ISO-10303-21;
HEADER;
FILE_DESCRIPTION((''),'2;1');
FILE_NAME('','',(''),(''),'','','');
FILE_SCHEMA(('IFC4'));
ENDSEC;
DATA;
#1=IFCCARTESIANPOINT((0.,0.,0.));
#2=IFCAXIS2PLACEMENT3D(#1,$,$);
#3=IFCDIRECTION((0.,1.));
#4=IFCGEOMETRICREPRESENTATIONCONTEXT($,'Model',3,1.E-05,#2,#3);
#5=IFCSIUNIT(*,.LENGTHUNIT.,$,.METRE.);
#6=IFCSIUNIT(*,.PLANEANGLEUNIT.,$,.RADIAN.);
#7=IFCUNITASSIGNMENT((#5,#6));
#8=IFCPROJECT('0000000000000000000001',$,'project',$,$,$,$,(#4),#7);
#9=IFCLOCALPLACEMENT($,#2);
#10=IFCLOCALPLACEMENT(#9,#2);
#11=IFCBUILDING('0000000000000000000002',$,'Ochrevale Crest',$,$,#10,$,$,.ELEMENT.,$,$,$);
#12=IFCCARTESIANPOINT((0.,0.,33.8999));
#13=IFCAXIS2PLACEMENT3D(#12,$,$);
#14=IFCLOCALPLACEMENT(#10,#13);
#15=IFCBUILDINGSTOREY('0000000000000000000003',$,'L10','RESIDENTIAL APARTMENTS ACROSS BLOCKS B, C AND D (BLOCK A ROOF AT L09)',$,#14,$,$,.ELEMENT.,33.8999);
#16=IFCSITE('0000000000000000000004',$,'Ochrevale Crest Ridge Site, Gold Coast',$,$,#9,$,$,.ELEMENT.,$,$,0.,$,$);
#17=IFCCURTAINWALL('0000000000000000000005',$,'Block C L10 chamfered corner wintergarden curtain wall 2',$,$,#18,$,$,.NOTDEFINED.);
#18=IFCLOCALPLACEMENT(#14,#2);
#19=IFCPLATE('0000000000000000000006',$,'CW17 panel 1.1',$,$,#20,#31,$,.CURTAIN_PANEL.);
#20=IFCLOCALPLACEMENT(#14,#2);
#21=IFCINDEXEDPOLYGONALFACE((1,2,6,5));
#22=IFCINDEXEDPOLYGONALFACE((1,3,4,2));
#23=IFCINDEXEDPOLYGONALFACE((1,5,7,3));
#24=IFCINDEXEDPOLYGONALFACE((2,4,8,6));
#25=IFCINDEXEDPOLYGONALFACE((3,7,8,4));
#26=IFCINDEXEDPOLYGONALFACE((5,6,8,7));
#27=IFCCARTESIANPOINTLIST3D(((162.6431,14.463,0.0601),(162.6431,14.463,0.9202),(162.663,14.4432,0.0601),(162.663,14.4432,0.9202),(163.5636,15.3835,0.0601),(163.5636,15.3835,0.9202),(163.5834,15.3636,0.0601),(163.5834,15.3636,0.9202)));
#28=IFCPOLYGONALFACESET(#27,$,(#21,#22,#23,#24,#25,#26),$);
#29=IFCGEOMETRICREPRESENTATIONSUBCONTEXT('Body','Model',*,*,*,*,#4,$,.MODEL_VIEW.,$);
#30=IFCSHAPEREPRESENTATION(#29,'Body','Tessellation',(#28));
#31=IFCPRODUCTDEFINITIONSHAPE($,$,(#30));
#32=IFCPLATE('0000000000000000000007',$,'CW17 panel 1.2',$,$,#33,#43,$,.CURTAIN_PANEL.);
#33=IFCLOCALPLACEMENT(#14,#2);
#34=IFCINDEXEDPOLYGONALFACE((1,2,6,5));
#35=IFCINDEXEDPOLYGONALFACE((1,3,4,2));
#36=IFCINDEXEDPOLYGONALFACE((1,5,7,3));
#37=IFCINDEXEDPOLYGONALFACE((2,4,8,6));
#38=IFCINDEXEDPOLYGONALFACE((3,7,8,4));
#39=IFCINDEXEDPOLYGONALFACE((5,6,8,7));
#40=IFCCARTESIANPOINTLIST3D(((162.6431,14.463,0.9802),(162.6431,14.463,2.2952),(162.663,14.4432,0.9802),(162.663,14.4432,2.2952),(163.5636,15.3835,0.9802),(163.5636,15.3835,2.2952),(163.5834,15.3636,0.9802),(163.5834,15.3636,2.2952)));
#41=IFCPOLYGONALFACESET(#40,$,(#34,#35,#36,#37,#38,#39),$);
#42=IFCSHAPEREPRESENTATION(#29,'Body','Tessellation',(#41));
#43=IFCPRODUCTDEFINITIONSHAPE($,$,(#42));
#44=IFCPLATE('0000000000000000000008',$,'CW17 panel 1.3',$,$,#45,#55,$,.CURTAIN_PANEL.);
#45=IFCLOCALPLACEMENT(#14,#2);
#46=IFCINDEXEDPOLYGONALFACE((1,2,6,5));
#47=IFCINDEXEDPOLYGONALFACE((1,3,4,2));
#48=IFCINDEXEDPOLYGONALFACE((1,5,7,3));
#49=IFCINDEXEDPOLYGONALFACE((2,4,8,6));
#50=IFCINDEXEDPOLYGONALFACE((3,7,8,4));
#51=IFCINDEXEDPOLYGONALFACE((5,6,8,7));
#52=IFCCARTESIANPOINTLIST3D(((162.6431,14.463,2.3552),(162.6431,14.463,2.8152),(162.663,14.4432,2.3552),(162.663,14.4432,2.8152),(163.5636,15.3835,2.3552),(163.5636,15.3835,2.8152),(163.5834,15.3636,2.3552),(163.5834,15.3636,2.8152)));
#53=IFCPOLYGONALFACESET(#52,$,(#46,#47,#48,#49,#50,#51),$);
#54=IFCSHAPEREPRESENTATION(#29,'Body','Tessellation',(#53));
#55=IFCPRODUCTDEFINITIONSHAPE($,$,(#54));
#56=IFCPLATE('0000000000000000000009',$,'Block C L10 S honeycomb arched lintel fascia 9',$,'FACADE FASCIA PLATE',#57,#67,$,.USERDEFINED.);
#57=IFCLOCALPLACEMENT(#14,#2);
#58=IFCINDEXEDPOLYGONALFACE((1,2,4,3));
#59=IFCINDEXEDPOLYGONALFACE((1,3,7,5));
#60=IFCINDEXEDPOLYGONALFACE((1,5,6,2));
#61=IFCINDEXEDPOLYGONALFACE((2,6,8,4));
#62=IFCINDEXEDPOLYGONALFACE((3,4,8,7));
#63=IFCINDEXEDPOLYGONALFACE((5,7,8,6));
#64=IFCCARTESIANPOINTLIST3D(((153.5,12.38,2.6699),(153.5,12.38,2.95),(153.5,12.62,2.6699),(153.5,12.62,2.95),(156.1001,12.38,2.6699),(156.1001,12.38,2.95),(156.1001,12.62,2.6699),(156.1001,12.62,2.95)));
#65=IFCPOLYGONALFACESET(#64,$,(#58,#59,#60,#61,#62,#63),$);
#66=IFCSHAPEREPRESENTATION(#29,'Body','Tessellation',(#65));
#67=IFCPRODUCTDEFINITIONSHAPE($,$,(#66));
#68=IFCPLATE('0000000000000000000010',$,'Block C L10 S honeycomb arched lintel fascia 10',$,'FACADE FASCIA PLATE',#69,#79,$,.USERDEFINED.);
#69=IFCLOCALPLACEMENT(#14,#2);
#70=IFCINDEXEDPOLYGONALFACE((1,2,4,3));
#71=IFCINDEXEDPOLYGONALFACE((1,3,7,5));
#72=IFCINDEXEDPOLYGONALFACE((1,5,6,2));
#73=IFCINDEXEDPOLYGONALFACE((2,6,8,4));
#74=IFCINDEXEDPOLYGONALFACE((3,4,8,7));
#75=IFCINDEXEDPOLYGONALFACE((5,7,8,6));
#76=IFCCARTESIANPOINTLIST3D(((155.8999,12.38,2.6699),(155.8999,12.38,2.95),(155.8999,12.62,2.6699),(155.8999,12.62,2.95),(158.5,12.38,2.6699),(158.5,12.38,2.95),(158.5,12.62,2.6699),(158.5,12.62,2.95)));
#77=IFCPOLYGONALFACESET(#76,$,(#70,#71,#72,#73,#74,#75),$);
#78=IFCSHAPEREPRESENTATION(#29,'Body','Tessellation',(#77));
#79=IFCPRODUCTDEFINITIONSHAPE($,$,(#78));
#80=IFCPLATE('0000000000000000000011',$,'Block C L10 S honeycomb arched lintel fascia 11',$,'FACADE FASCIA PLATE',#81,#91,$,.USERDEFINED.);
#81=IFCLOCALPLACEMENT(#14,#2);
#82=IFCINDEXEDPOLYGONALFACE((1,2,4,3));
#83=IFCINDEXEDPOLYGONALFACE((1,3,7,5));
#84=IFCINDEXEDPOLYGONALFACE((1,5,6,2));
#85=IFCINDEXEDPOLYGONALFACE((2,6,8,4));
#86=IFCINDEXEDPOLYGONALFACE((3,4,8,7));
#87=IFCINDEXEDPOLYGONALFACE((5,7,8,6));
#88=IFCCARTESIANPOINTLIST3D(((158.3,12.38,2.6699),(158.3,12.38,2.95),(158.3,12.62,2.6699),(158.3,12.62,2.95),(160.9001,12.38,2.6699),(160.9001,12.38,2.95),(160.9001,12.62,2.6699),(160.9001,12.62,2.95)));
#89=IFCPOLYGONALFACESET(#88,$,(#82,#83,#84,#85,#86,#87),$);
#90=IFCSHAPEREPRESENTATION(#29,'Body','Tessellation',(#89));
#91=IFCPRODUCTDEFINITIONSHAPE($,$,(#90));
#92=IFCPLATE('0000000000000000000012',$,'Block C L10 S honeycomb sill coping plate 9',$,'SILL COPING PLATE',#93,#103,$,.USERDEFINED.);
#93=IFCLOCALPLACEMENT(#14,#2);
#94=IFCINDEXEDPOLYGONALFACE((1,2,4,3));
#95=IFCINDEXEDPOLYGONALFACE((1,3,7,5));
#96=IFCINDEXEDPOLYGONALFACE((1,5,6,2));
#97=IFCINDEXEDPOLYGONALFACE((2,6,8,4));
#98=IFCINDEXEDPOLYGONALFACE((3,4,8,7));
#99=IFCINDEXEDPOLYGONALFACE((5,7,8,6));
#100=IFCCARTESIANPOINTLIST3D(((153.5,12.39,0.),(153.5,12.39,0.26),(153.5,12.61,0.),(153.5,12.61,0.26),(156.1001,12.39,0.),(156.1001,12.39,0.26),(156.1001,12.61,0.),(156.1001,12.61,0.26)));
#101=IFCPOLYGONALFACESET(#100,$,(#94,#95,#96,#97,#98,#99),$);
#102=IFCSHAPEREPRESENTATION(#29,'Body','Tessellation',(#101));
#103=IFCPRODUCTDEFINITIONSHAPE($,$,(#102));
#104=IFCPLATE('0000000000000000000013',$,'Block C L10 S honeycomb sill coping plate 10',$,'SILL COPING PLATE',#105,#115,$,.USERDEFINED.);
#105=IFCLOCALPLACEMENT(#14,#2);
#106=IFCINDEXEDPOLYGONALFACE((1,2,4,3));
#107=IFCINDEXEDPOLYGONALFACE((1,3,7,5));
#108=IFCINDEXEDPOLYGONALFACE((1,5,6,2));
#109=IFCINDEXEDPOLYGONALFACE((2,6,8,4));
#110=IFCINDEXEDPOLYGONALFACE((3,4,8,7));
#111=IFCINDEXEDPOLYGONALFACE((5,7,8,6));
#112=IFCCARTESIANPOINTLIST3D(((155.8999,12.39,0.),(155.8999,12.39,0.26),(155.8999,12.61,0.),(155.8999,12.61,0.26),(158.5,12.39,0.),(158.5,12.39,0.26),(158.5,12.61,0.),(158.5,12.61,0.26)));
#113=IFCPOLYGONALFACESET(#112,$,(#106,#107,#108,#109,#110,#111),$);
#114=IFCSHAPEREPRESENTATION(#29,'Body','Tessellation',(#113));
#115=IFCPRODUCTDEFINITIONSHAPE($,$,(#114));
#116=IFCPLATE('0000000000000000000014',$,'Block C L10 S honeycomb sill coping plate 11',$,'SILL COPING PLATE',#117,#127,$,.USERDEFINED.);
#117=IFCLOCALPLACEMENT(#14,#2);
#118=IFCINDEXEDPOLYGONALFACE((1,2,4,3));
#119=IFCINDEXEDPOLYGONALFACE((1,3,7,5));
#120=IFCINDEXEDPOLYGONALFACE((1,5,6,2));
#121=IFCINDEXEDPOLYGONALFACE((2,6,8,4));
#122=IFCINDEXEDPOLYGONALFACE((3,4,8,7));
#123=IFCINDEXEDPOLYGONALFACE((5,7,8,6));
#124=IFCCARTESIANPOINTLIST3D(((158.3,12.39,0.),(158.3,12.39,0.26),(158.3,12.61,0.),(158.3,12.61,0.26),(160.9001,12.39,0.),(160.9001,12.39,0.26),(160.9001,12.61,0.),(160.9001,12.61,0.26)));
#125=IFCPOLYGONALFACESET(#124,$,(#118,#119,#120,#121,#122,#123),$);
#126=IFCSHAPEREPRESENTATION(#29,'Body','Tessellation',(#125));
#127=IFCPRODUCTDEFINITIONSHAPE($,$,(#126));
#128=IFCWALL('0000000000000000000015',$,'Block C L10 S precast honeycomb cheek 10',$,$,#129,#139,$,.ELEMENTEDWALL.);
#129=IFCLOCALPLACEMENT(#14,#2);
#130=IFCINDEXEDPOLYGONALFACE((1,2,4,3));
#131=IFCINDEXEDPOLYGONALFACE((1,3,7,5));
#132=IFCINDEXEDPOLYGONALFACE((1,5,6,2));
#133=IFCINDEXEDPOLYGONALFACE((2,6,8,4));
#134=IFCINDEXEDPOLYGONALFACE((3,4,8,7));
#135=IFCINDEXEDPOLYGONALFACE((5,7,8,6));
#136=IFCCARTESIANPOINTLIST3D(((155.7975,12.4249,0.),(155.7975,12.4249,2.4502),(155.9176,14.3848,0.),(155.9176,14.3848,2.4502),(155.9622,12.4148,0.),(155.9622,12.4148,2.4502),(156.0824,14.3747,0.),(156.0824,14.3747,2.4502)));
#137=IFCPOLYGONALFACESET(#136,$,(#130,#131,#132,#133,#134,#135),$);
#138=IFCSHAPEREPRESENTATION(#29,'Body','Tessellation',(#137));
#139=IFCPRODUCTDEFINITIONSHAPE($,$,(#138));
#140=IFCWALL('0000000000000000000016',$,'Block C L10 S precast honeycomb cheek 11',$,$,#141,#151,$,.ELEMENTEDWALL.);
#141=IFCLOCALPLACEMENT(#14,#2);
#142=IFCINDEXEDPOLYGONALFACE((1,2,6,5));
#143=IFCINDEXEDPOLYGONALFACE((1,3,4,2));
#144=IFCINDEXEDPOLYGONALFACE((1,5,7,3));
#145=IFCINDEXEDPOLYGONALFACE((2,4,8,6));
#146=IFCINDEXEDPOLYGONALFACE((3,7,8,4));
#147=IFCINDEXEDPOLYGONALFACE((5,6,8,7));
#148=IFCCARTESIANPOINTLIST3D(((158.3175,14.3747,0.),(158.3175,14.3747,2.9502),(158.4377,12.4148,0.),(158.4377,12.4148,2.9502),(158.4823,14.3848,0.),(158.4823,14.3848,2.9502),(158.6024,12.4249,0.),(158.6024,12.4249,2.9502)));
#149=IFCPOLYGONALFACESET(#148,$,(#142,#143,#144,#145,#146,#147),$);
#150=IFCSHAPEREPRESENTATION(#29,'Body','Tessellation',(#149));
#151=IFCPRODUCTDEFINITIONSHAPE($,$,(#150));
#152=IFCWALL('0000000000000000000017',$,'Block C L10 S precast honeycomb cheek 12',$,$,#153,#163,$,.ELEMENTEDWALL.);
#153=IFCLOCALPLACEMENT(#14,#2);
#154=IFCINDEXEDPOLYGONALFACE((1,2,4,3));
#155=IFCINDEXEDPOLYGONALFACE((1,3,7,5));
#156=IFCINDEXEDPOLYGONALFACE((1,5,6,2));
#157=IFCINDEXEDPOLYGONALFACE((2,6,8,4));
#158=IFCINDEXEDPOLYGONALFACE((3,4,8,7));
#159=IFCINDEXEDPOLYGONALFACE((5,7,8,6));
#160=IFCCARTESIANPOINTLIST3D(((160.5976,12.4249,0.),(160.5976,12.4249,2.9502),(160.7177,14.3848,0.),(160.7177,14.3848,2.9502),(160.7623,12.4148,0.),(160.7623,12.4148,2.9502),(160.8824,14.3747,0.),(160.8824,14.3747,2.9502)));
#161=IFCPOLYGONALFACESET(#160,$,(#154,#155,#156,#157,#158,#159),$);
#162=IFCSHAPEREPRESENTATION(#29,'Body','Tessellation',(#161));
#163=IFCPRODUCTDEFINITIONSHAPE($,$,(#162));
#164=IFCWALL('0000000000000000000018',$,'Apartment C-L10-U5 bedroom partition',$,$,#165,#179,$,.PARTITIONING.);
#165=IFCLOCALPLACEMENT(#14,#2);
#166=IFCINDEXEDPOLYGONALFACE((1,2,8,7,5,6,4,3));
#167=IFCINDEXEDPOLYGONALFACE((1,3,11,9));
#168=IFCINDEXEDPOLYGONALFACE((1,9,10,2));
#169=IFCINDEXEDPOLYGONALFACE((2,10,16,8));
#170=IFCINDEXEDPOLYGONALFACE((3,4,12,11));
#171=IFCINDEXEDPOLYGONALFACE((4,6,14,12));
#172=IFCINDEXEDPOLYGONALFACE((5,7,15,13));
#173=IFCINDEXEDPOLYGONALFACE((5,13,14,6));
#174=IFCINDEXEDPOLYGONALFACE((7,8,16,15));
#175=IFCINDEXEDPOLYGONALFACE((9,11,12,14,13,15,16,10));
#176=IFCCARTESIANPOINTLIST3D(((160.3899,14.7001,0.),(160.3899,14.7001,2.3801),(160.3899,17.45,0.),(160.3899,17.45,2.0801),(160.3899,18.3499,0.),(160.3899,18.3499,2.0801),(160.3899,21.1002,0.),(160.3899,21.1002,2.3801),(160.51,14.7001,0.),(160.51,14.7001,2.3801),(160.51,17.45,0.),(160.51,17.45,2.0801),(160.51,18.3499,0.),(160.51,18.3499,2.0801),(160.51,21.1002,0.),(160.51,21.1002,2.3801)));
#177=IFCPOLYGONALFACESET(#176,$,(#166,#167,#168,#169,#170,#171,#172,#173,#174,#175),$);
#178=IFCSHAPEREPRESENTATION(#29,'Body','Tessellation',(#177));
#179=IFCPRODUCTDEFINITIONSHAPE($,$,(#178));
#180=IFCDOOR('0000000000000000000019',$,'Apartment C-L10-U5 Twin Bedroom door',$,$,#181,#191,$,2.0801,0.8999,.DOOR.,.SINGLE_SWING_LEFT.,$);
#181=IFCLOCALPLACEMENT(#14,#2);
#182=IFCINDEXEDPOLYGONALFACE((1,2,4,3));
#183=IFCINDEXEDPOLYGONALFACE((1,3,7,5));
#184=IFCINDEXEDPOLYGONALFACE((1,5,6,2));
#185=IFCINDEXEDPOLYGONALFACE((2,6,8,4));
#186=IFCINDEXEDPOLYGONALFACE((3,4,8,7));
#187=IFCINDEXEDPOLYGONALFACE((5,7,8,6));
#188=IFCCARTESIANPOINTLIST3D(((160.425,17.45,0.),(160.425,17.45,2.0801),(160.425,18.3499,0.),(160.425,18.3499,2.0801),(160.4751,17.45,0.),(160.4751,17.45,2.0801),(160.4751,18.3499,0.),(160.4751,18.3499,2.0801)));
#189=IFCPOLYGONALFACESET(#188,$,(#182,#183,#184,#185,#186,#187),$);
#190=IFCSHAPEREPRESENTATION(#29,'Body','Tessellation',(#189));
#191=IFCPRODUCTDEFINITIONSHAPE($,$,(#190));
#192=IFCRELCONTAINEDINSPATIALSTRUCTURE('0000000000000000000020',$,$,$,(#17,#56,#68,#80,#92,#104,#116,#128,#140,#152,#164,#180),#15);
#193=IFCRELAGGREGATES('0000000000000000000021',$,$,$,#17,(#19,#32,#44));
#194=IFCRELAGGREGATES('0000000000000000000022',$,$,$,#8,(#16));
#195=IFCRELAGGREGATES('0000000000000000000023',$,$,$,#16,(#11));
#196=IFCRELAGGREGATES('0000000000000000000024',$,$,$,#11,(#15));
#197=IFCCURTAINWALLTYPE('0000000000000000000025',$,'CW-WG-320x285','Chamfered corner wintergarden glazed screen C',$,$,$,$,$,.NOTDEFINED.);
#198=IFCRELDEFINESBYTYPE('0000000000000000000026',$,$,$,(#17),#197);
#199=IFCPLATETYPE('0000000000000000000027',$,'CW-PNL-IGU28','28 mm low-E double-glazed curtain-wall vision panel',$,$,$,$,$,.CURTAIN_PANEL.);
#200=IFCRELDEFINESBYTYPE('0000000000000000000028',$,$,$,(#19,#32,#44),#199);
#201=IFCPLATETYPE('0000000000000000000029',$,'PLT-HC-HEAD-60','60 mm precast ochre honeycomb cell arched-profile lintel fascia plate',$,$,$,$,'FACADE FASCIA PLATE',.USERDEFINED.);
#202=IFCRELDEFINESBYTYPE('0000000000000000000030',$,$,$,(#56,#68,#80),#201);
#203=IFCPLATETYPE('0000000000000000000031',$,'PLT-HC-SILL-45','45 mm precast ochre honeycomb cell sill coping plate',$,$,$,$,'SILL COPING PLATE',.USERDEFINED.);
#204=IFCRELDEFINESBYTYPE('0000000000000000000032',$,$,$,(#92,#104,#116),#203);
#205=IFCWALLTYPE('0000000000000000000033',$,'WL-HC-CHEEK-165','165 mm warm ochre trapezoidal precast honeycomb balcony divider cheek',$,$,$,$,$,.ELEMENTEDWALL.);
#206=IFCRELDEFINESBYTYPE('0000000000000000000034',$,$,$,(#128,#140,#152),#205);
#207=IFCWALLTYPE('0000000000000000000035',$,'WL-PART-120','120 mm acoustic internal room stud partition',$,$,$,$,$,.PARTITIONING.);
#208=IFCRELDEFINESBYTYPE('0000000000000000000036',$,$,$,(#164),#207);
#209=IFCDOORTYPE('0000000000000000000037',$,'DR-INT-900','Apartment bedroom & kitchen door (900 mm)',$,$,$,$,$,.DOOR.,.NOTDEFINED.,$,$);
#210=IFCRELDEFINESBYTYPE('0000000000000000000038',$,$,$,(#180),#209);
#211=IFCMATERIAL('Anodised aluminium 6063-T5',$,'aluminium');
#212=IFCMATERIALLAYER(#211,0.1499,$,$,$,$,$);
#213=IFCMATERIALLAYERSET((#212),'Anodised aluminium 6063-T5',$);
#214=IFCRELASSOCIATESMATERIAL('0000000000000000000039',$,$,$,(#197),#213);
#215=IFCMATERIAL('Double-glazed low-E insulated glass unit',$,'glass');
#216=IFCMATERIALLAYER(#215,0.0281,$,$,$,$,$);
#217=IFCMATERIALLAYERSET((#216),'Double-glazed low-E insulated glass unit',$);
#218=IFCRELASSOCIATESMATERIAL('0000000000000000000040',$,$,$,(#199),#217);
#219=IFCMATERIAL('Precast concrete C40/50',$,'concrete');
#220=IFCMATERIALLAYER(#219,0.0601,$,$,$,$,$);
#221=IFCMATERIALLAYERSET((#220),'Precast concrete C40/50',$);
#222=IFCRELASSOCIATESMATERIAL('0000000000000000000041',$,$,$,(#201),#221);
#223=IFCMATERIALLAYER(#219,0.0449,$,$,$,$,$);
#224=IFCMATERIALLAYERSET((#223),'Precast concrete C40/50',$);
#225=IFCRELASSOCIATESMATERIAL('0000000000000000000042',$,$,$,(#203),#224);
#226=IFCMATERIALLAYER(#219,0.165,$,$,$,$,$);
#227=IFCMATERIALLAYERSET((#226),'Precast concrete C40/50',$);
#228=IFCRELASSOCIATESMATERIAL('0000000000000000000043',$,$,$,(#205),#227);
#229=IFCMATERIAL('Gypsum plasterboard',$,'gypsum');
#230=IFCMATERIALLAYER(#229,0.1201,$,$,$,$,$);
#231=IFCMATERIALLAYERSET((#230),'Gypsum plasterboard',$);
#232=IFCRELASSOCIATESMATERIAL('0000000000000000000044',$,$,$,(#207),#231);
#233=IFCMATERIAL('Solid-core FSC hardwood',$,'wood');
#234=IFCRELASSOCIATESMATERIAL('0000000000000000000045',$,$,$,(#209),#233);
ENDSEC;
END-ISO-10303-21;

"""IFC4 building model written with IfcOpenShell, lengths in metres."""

from ifc_helpers import new_model, si_unit, direction, frame, frame_2d, origin, origin_2d, place, context, subcontext, project, spatial, rectangle, extrude, material, layer, layer_set, type_object, element, fill, aggregate, save


model = new_model("IFC4")

# Units and contexts
model_context = context("Model", 3, precision=1e-05, world=origin(), true_north=direction((0.0, 1.0)))
body_context = subcontext(model_context, "Body", "Model", "MODEL_VIEW")
ifc_project = project(units=[si_unit("LENGTHUNIT", "METRE"), si_unit("PLANEANGLEUNIT", "RADIAN")], contexts=[model_context])

# Site, building, storey
site_placement = place(None, origin())
site = spatial("IfcSite", under=ifc_project, at=site_placement, Name="Ochrevale Crest Ridge Site, Gold Coast", CompositionType="ELEMENT", RefElevation=0.0)
building_placement = place(site_placement, origin())
building = spatial("IfcBuilding", under=site, at=building_placement, Name="Ochrevale Crest", CompositionType="ELEMENT")
storey_placement = place(building_placement, frame((0.0, 0.0, 33.8999)))
storey = spatial("IfcBuildingStorey", under=building, at=storey_placement, Name="L10", Description="RESIDENTIAL APARTMENTS ACROSS BLOCKS B, C AND D (BLOCK A ROOF AT L09)", CompositionType="ELEMENT", Elevation=33.8999)

# Shared definitions
ifc_material_1 = material(Name="Precast concrete C40/50", Category="concrete")

# Curtain wall, plates
ifc_material_2 = material(Name="Anodised aluminium 6063-T5", Category="aluminium")
ifc_layer_1 = layer(ifc_material_2, 0.1499)
ifc_layer_set_1 = layer_set([ifc_layer_1], Name="Anodised aluminium 6063-T5")
curtain_wall_type = type_object("IfcCurtainWallType", Name="CW-WG-320x285", Description="Chamfered corner wintergarden glazed screen C", PredefinedType="NOTDEFINED", material=ifc_layer_set_1)
curtain_wall_placement = place(storey_placement, origin())
curtain_wall = element("IfcCurtainWall", 1, at=curtain_wall_placement, inside=storey, type_object=curtain_wall_type, Name="Block C L10 chamfered corner wintergarden curtain wall 2", PredefinedType="NOTDEFINED")
ifc_material_3 = material(Name="Double-glazed low-E insulated glass unit", Category="glass")
ifc_layer_2 = layer(ifc_material_3, 0.0281)
ifc_layer_set_2 = layer_set([ifc_layer_2], Name="Double-glazed low-E insulated glass unit")
plate_type_1 = type_object("IfcPlateType", Name="CW-PNL-IGU28", Description="28 mm low-E double-glazed curtain-wall vision panel", PredefinedType="CURTAIN_PANEL", material=ifc_layer_set_2)
plate_1_placement = place(storey_placement, frame((163.1133, 14.9133, 0.0601), z_axis=(0.0, 0.0, 1.0), x_axis=(0.707107, 0.707107, 0.0)))
plate_1 = element("IfcPlate", 2, at=plate_1_placement, type_object=plate_type_1, Name="CW17 panel 1.1", PredefinedType="CURTAIN_PANEL", context=body_context, shape_type="SweptSolid", body=[
    extrude(rectangle(XDim=1.3018, YDim=0.0281, at=origin_2d()), origin(), (0.0, 0.0, 1.0), 0.8601),
])
plate_2_placement = place(storey_placement, frame((163.1133, 14.9133, 0.9802), z_axis=(0.0, 0.0, 1.0), x_axis=(0.707107, 0.707107, 0.0)))
plate_2 = element("IfcPlate", 3, at=plate_2_placement, type_object=plate_type_1, Name="CW17 panel 1.2", PredefinedType="CURTAIN_PANEL", context=body_context, shape_type="SweptSolid", body=[
    extrude(rectangle(XDim=1.3018, YDim=0.0281, at=origin_2d()), origin(), (0.0, 0.0, 1.0), 1.3149),
])
plate_3_placement = place(storey_placement, frame((163.1133, 14.9133, 2.3552), z_axis=(0.0, 0.0, 1.0), x_axis=(0.707107, 0.707107, 0.0)))
plate_3 = element("IfcPlate", 4, at=plate_3_placement, type_object=plate_type_1, Name="CW17 panel 1.3", PredefinedType="CURTAIN_PANEL", context=body_context, shape_type="SweptSolid", body=[
    extrude(rectangle(XDim=1.3018, YDim=0.0281, at=origin_2d()), origin(), (0.0, 0.0, 1.0), 0.46),
])
aggregate(curtain_wall, [plate_1, plate_2, plate_3])

# Plates
ifc_layer_3 = layer(ifc_material_1, 0.0601)
ifc_layer_set_3 = layer_set([ifc_layer_3], Name="Precast concrete C40/50")
plate_type_2 = type_object("IfcPlateType", Name="PLT-HC-HEAD-60", Description="60 mm precast ochre honeycomb cell arched-profile lintel fascia plate", ElementType="FACADE FASCIA PLATE", PredefinedType="USERDEFINED", material=ifc_layer_set_3)
for number, where, z_axis, x_axis, name in (
    (5, (154.8, 12.5, 2.6699), (0.0, 0.0, 1.0), (1.0, 0.0, 0.0), "Block C L10 S honeycomb arched lintel fascia 9"),
    (6, (157.2, 12.5, 2.6699), (0.0, 0.0, 1.0), (1.0, 0.0, 0.0), "Block C L10 S honeycomb arched lintel fascia 10"),
    (7, (159.6001, 12.5, 2.6699), (0.0, 0.0, 1.0), (1.0, 0.0, 0.0), "Block C L10 S honeycomb arched lintel fascia 11"),
):
    element("IfcPlate", number, at=place(storey_placement, frame(where, z_axis=z_axis, x_axis=x_axis)), inside=storey, type_object=plate_type_2, Name=name, ObjectType="FACADE FASCIA PLATE", PredefinedType="USERDEFINED", context=body_context, shape_type="SweptSolid", body=[
        extrude(rectangle(XDim=2.6001, YDim=0.24, at=origin_2d()), origin(), (0.0, 0.0, 1.0), 0.28),
    ])
ifc_layer_4 = layer(ifc_material_1, 0.0449)
ifc_layer_set_4 = layer_set([ifc_layer_4], Name="Precast concrete C40/50")
plate_type_3 = type_object("IfcPlateType", Name="PLT-HC-SILL-45", Description="45 mm precast ochre honeycomb cell sill coping plate", ElementType="SILL COPING PLATE", PredefinedType="USERDEFINED", material=ifc_layer_set_4)
for number, where, z_axis, x_axis, name in (
    (8, (154.8, 12.5, 0.0), (0.0, 0.0, 1.0), (1.0, 0.0, 0.0), "Block C L10 S honeycomb sill coping plate 9"),
    (9, (157.2, 12.5, 0.0), (0.0, 0.0, 1.0), (1.0, 0.0, 0.0), "Block C L10 S honeycomb sill coping plate 10"),
    (10, (159.6001, 12.5, 0.0), (0.0, 0.0, 1.0), (1.0, 0.0, 0.0), "Block C L10 S honeycomb sill coping plate 11"),
):
    element("IfcPlate", number, at=place(storey_placement, frame(where, z_axis=z_axis, x_axis=x_axis)), inside=storey, type_object=plate_type_3, Name=name, ObjectType="SILL COPING PLATE", PredefinedType="USERDEFINED", context=body_context, shape_type="SweptSolid", body=[
        extrude(rectangle(XDim=2.6001, YDim=0.22, at=origin_2d()), origin(), (0.0, 0.0, 1.0), 0.26),
    ])

# Walls
ifc_layer_5 = layer(ifc_material_1, 0.165)
ifc_layer_set_5 = layer_set([ifc_layer_5], Name="Precast concrete C40/50")
wall_type_1 = type_object("IfcWallType", Name="WL-HC-CHEEK-165", Description="165 mm warm ochre trapezoidal precast honeycomb balcony divider cheek", PredefinedType="ELEMENTEDWALL", material=ifc_layer_set_5)
wall_1_placement = place(storey_placement, frame((156.0, 14.3799, 0.0), z_axis=(0.0, 0.0, 1.0), x_axis=(-0.061171, -0.998127, 0.0)))
element("IfcWall", 11, at=wall_1_placement, inside=storey, type_object=wall_type_1, Name="Block C L10 S precast honeycomb cheek 10", PredefinedType="ELEMENTEDWALL", context=body_context, shape_type="SweptSolid", body=[
    extrude(rectangle(XDim=1.9636, YDim=0.165, at=frame_2d((0.9819, 0.0))), origin(), (0.0, 0.0, 1.0), 2.4502),
])
for number, where, z_axis, x_axis, name in (
    (12, (158.3999, 14.3799, 0.0), (0.0, 0.0, 1.0), (0.061171, -0.998127, 0.0), "Block C L10 S precast honeycomb cheek 11"),
    (13, (160.8, 14.3799, 0.0), (0.0, 0.0, 1.0), (-0.061171, -0.998127, 0.0), "Block C L10 S precast honeycomb cheek 12"),
):
    element("IfcWall", number, at=place(storey_placement, frame(where, z_axis=z_axis, x_axis=x_axis)), inside=storey, type_object=wall_type_1, Name=name, PredefinedType="ELEMENTEDWALL", context=body_context, shape_type="SweptSolid", body=[
        extrude(rectangle(XDim=1.9636, YDim=0.165, at=frame_2d((0.9819, 0.0))), origin(), (0.0, 0.0, 1.0), 2.9502),
    ])

# Wall, opening, door
ifc_material_4 = material(Name="Gypsum plasterboard", Category="gypsum")
ifc_layer_6 = layer(ifc_material_4, 0.1201)
ifc_layer_set_6 = layer_set([ifc_layer_6], Name="Gypsum plasterboard")
wall_type_2 = type_object("IfcWallType", Name="WL-PART-120", Description="120 mm acoustic internal room stud partition", PredefinedType="PARTITIONING", material=ifc_layer_set_6)
wall_2_placement = place(storey_placement, frame((160.45, 14.7, 0.0), z_axis=(0.0, 0.0, 1.0), x_axis=(0.0, 1.0, 0.0)))
wall_2 = element("IfcWall", 14, at=wall_2_placement, inside=storey, type_object=wall_type_2, Name="Apartment C-L10-U5 bedroom partition", PredefinedType="PARTITIONING", context=body_context, shape_type="SweptSolid", body=[
    extrude(rectangle(XDim=6.4001, YDim=0.1201, at=frame_2d((3.2002, 0.0))), origin(), (0.0, 0.0, 1.0), 2.3801),
])
opening_placement = place(wall_2_placement, frame((2.75, 0.0, 0.0)))
opening = element("IfcOpeningElement", 15, at=opening_placement, cuts=wall_2, PredefinedType="OPENING", context=body_context, shape_type="SweptSolid", body=[
    extrude(rectangle(XDim=0.8999, YDim=2.0801, at=frame_2d((0.45, 1.04))), frame((0.0, 0.0701, 0.0), z_axis=(0.0, -1.0, 0.0), x_axis=(1.0, 0.0, 0.0)), (0.0, 0.0, 1.0), 0.1401),
])
ifc_material_5 = material(Name="Solid-core FSC hardwood", Category="wood")
door_type = type_object("IfcDoorType", Name="DR-INT-900", Description="Apartment bedroom & kitchen door (900 mm)", OperationType="NOTDEFINED", PredefinedType="DOOR", material=ifc_material_5)
door_placement = place(opening_placement, origin())
door = element("IfcDoor", 16, at=door_placement, inside=storey, type_object=door_type, Name="Apartment C-L10-U5 Twin Bedroom door", OperationType="SINGLE_SWING_LEFT", OverallHeight=2.0801, OverallWidth=0.8999, PredefinedType="DOOR", context=body_context, shape_type="SweptSolid", body=[
    extrude(rectangle(XDim=0.8999, YDim=2.0801, at=frame_2d((0.45, 1.04))), frame((0.0, 0.0249, 0.0), z_axis=(0.0, -1.0, 0.0), x_axis=(1.0, 0.0, 0.0)), (0.0, 0.0, 1.0), 0.05),
])
fill(opening, door)

save(model, "model.ifc")
